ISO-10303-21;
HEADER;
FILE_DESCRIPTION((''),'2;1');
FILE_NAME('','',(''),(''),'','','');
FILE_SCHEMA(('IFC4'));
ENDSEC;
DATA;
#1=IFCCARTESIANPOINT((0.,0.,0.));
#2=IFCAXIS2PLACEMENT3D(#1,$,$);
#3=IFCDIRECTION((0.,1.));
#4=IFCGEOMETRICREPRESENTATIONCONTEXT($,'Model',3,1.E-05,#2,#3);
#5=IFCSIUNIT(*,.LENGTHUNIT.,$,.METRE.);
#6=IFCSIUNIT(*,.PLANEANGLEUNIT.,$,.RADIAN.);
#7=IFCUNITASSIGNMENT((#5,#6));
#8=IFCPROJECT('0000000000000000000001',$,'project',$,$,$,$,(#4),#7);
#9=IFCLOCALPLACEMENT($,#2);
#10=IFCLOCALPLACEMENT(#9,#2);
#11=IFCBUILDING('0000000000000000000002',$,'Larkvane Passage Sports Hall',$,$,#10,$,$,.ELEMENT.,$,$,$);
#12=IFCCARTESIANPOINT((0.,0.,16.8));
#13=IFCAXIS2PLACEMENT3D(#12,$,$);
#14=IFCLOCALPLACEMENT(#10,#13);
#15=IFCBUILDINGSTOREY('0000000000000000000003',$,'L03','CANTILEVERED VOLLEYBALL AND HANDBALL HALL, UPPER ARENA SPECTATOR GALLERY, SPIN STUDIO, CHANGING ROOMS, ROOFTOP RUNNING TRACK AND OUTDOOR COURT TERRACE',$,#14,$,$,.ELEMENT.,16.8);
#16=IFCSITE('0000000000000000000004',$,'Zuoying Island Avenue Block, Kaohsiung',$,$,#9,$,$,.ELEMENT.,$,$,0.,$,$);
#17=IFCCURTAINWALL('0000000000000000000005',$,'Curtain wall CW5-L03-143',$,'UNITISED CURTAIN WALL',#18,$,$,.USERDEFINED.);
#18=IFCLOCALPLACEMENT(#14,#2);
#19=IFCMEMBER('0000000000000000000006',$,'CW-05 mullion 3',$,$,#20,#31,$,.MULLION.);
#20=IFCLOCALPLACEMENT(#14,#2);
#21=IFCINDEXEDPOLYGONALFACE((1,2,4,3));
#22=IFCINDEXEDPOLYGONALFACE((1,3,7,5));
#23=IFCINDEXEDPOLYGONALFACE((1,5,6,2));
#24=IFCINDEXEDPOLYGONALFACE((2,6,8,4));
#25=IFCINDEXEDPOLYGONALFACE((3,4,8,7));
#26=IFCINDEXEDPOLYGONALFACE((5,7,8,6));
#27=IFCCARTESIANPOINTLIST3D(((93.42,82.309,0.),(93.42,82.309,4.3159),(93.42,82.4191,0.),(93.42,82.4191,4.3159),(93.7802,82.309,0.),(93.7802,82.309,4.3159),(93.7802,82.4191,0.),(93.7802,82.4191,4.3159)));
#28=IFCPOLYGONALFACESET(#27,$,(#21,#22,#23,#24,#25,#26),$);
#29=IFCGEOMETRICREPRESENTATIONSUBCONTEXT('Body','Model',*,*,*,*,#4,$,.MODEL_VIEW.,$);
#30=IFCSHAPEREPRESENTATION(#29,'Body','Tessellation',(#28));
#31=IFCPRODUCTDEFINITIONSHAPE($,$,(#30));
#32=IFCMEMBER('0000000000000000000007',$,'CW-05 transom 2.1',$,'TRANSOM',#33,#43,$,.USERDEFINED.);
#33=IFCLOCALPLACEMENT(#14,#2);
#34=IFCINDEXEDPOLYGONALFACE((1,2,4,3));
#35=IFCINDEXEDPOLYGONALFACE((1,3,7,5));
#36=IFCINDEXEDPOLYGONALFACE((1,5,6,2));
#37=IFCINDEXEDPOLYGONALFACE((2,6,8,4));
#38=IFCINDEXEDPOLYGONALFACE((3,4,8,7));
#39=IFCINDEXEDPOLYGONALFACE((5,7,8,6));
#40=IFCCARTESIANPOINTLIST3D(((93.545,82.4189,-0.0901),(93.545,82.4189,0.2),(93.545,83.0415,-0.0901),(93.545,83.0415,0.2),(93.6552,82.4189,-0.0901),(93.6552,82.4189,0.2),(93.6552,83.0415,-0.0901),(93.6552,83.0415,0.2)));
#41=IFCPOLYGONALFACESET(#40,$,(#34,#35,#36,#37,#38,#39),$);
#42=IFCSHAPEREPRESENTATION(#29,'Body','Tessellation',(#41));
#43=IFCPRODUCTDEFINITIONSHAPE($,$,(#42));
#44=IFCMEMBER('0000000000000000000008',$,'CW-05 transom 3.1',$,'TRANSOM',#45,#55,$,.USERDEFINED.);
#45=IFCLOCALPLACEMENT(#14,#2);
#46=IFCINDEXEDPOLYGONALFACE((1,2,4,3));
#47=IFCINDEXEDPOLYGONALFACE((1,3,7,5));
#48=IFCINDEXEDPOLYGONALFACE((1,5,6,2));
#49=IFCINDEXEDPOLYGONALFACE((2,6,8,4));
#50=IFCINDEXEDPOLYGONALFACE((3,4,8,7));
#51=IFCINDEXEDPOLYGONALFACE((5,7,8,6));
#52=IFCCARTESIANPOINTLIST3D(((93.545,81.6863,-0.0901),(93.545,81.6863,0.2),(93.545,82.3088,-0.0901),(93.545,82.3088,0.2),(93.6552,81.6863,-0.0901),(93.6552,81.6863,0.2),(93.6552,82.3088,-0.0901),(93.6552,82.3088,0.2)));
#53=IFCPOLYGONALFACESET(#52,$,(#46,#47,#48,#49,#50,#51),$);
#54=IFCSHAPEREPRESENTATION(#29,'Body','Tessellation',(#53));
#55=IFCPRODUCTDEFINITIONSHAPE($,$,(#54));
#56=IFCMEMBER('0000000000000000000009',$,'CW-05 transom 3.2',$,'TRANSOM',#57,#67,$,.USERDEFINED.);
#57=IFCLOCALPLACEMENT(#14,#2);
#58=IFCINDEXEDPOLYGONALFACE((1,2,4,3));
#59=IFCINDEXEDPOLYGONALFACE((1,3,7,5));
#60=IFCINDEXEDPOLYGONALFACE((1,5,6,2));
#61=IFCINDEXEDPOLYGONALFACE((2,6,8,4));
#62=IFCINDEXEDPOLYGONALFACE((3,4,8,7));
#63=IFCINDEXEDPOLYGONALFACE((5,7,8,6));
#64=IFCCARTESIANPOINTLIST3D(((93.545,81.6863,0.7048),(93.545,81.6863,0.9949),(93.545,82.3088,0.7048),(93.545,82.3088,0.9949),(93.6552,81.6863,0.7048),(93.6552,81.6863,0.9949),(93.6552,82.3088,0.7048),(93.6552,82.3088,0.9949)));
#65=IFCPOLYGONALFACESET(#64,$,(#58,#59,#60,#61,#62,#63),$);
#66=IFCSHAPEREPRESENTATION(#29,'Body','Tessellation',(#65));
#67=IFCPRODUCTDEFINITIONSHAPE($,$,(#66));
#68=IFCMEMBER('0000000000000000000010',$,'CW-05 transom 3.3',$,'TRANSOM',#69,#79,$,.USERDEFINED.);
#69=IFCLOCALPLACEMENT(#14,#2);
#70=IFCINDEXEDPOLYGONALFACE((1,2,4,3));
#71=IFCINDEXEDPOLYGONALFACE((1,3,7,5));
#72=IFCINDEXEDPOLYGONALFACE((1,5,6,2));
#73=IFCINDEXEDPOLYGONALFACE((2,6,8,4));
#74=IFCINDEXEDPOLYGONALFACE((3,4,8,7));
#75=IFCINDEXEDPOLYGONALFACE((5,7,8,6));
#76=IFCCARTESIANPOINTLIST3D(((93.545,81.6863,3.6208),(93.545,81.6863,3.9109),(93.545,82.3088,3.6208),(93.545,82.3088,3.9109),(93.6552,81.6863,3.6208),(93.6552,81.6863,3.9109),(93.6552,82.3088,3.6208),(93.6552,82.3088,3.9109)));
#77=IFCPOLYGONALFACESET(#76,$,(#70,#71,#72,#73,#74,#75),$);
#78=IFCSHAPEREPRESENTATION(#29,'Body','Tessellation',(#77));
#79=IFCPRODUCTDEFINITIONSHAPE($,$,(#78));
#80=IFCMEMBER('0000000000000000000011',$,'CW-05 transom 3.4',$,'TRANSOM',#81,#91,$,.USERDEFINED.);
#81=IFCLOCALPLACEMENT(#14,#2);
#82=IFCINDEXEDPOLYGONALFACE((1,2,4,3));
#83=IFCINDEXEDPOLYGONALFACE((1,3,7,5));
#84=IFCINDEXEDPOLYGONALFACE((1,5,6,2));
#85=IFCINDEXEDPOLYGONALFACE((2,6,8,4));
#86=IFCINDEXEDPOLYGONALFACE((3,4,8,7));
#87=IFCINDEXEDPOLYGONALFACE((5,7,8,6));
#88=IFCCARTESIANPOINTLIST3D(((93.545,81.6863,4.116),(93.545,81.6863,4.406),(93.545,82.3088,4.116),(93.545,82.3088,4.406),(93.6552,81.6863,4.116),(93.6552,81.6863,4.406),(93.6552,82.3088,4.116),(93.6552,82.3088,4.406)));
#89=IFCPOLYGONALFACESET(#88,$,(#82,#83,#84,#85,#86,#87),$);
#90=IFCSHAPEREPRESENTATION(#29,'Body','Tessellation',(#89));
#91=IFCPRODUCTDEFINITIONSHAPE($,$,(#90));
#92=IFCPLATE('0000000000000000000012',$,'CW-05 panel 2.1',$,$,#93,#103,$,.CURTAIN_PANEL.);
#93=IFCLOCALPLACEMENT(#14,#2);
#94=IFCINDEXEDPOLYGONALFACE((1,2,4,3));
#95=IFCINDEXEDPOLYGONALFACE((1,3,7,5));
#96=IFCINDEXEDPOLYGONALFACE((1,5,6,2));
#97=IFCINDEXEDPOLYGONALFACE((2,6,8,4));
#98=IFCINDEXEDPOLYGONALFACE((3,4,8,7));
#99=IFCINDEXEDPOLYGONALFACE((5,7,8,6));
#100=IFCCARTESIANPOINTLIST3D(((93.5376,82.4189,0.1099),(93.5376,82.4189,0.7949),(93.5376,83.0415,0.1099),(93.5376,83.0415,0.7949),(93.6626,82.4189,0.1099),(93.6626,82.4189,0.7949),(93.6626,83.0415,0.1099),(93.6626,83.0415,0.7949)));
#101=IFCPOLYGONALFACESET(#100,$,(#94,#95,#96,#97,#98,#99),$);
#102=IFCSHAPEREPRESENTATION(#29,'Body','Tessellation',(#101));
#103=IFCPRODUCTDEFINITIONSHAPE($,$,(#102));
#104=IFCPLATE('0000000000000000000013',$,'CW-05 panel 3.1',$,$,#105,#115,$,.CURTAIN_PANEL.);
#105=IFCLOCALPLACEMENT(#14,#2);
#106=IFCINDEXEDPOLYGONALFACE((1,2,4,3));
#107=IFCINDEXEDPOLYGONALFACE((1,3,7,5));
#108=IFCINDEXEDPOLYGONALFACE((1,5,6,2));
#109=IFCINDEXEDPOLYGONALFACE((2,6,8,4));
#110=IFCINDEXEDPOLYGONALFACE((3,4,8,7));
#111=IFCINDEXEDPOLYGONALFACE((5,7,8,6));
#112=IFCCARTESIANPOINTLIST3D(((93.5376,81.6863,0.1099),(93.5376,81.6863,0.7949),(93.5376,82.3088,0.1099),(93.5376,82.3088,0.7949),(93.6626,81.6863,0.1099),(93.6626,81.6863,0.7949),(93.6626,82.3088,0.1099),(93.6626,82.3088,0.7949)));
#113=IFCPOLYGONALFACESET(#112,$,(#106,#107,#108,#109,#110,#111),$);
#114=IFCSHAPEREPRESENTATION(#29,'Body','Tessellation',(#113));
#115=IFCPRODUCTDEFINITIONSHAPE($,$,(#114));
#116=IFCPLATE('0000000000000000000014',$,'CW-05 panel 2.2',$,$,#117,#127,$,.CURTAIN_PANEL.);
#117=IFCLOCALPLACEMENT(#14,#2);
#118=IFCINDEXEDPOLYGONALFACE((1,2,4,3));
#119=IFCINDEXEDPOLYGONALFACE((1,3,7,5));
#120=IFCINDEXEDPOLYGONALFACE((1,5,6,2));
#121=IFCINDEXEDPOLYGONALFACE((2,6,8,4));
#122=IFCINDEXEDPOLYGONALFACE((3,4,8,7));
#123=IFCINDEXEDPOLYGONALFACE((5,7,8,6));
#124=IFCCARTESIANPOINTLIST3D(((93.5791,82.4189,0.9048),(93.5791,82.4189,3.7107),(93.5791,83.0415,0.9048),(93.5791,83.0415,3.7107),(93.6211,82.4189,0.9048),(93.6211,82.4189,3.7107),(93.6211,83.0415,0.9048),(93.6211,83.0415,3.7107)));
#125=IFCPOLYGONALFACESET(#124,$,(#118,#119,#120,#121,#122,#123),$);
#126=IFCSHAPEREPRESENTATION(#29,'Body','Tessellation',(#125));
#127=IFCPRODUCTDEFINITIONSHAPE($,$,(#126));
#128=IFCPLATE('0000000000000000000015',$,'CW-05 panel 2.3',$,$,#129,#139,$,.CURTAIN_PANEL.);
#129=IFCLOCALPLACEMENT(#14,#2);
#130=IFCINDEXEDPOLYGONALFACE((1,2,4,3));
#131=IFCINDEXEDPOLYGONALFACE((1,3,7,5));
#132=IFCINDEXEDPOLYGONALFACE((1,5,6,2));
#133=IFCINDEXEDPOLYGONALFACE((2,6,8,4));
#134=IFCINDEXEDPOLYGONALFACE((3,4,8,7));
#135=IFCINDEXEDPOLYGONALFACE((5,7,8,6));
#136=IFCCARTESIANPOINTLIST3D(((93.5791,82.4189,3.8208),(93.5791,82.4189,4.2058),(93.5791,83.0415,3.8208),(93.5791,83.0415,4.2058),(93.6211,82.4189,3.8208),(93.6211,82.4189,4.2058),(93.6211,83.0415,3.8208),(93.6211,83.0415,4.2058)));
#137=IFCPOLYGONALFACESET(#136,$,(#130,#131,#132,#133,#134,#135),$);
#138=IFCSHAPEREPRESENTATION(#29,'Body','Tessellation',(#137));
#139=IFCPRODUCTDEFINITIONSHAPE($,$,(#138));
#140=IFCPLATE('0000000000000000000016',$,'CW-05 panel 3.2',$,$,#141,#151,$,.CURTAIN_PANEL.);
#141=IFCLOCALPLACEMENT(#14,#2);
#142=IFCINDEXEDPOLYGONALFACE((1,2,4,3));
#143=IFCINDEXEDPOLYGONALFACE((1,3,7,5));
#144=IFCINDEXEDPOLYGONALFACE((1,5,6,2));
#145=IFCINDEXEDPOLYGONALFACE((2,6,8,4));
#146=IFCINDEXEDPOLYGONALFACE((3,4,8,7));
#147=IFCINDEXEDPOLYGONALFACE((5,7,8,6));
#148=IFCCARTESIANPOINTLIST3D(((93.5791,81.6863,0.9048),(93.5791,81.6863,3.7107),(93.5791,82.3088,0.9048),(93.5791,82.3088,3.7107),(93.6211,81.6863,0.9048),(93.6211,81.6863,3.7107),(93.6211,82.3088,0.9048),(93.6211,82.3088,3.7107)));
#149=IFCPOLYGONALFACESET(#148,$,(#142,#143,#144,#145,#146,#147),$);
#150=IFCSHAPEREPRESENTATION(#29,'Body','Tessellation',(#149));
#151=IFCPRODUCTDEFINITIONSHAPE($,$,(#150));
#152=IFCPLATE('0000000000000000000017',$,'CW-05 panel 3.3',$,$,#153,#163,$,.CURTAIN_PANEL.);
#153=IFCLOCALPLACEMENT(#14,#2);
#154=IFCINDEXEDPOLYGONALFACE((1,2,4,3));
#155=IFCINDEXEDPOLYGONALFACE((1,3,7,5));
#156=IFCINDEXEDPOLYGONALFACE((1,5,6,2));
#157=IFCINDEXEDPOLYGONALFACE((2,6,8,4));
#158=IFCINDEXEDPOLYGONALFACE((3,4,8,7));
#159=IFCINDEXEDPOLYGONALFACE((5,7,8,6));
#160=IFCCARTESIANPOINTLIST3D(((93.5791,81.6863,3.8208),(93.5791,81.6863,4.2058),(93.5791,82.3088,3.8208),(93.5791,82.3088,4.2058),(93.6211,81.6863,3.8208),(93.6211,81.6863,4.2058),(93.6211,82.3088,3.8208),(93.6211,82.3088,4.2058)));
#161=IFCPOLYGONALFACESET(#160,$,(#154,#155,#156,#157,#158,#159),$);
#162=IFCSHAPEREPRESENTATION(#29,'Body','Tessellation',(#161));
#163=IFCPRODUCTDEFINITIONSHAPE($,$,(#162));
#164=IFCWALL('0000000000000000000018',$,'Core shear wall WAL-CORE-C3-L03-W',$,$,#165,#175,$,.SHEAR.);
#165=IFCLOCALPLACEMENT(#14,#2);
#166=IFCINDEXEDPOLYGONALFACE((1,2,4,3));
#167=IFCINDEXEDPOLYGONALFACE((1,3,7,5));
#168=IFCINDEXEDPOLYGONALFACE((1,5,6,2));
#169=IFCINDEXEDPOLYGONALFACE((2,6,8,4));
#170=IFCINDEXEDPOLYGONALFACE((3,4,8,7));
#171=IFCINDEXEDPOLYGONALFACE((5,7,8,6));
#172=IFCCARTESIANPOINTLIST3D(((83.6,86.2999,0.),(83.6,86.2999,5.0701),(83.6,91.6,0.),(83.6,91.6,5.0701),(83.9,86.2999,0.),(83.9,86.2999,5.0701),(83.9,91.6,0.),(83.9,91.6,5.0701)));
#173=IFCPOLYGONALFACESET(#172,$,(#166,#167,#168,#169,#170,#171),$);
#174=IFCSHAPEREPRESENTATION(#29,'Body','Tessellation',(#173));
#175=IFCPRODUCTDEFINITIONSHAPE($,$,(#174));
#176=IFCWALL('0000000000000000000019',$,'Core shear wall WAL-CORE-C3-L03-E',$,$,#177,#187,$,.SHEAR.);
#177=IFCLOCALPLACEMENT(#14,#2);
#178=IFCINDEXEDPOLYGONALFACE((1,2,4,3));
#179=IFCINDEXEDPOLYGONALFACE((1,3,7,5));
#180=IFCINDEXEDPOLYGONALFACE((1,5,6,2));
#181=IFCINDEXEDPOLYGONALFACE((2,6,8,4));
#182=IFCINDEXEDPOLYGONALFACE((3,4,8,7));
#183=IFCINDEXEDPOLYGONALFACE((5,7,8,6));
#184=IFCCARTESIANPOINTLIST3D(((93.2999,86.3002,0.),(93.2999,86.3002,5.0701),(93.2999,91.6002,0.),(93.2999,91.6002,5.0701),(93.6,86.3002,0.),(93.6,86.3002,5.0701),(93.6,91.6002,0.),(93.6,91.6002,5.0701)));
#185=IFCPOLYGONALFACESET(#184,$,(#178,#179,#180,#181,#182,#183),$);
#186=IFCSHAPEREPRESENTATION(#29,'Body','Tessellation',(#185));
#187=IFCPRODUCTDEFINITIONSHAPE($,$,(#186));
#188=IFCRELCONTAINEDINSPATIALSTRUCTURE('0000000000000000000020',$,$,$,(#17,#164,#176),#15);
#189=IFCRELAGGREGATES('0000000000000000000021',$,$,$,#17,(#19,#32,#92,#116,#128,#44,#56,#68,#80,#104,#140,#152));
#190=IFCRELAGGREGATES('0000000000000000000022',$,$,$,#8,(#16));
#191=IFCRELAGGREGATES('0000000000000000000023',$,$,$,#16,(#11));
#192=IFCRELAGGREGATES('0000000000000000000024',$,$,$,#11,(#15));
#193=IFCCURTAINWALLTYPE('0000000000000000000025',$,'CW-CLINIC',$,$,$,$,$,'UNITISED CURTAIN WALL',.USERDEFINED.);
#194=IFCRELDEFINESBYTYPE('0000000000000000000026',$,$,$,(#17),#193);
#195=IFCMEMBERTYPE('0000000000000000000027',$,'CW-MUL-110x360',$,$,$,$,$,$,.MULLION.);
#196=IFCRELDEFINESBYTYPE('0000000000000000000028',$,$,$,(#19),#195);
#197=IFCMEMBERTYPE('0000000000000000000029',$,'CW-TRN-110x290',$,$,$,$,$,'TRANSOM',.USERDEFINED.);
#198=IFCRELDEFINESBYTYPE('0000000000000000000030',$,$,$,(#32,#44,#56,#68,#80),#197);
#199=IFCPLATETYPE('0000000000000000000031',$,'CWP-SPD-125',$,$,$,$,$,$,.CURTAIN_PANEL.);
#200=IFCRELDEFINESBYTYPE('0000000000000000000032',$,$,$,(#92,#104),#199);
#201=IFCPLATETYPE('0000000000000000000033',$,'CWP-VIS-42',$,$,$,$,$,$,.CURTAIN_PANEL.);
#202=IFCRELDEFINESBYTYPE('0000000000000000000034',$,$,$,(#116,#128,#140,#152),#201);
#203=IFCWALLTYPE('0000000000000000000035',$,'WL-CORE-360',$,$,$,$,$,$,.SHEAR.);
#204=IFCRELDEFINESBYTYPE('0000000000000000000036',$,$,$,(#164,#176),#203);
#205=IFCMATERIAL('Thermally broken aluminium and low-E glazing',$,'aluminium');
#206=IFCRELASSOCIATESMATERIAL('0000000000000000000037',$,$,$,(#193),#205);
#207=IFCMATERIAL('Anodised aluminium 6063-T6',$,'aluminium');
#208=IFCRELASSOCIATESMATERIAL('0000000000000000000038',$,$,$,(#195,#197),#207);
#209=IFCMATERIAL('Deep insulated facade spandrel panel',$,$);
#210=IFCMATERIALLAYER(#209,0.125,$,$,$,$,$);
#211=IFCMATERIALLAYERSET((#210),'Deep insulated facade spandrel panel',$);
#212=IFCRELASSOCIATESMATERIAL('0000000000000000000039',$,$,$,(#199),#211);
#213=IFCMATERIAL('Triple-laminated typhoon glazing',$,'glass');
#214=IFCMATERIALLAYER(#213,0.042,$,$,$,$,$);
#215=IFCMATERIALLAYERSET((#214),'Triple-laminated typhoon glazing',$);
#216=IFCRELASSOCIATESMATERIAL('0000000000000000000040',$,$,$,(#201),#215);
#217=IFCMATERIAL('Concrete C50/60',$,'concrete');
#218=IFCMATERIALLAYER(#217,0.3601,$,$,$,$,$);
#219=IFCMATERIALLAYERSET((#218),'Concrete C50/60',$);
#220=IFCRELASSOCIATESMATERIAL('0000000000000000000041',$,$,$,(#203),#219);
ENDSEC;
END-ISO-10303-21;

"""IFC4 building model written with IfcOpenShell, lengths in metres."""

from ifc_helpers import new_model, si_unit, direction, frame, frame_2d, origin, origin_2d, place, context, subcontext, project, spatial, rectangle, extrude, material, layer, layer_set, material_profile, profile_set, type_object, element, aggregate, save


model = new_model("IFC4")

# Units and contexts
model_context = context("Model", 3, precision=1e-05, world=origin(), true_north=direction((0.0, 1.0)))
body_context = subcontext(model_context, "Body", "Model", "MODEL_VIEW")
ifc_project = project(units=[si_unit("LENGTHUNIT", "METRE"), si_unit("PLANEANGLEUNIT", "RADIAN")], contexts=[model_context])

# Site, building, storey
site_placement = place(None, origin())
site = spatial("IfcSite", under=ifc_project, at=site_placement, Name="Zuoying Island Avenue Block, Kaohsiung", CompositionType="ELEMENT", RefElevation=0.0)
building_placement = place(site_placement, origin())
building = spatial("IfcBuilding", under=site, at=building_placement, Name="Larkvane Passage Sports Hall", CompositionType="ELEMENT")
storey_placement = place(building_placement, frame((0.0, 0.0, 16.8)))
storey = spatial("IfcBuildingStorey", under=building, at=storey_placement, Name="L03", Description="CANTILEVERED VOLLEYBALL AND HANDBALL HALL, UPPER ARENA SPECTATOR GALLERY, SPIN STUDIO, CHANGING ROOMS, ROOFTOP RUNNING TRACK AND OUTDOOR COURT TERRACE", CompositionType="ELEMENT", Elevation=16.8)

# Curtain wall, members, plates
ifc_material_1 = material(Name="Thermally broken aluminium and low-E glazing", Category="aluminium")
curtain_wall_type = type_object("IfcCurtainWallType", Name="CW-CLINIC", ElementType="UNITISED CURTAIN WALL", PredefinedType="USERDEFINED", material=ifc_material_1)
curtain_wall_placement = place(storey_placement, origin())
curtain_wall = element("IfcCurtainWall", 1, at=curtain_wall_placement, inside=storey, type_object=curtain_wall_type, Name="Curtain wall CW5-L03-143", ObjectType="UNITISED CURTAIN WALL", PredefinedType="USERDEFINED")
ifc_material_2 = material(Name="Anodised aluminium 6063-T6", Category="aluminium")
ifc_material_profile_1 = material_profile(ifc_material_2, rectangle(XDim=0.1101, YDim=0.3601, at=origin_2d()), Name="ALU-MUL-110x360")
ifc_profile_set_1 = profile_set([ifc_material_profile_1], Name="Anodised aluminium 6063-T6")
member_type_1 = type_object("IfcMemberType", Name="CW-MUL-110x360", PredefinedType="MULLION", material=ifc_profile_set_1)
member_1_placement = place(storey_placement, frame((93.6001, 82.364, 0.0), z_axis=(0.0, 0.0, 1.0), x_axis=(0.0, -1.0, 0.0)))
member_1 = element("IfcMember", 2, at=member_1_placement, type_object=member_type_1, Name="CW-05 mullion 3", PredefinedType="MULLION", context=body_context, shape_type="SweptSolid", body=[
    extrude(rectangle(XDim=0.1101, YDim=0.3601, at=origin_2d()), origin(), (0.0, 0.0, 1.0), 4.3159),
])
ifc_material_profile_2 = material_profile(ifc_material_2, rectangle(XDim=0.1101, YDim=0.29, at=origin_2d()), Name="ALU-TRN-110x290")
ifc_profile_set_2 = profile_set([ifc_material_profile_2], Name="Anodised aluminium 6063-T6")
member_type_2 = type_object("IfcMemberType", Name="CW-TRN-110x290", ElementType="TRANSOM", PredefinedType="USERDEFINED", material=ifc_profile_set_2)
member_2_placement = place(storey_placement, frame((93.6001, 83.0415, 0.0549), z_axis=(0.0, -1.0, 0.0), x_axis=(1.0, 0.0, 0.0)))
member_2 = element("IfcMember", 3, at=member_2_placement, type_object=member_type_2, Name="CW-05 transom 2.1", ObjectType="TRANSOM", PredefinedType="USERDEFINED", context=body_context, shape_type="SweptSolid", body=[
    extrude(rectangle(XDim=0.1101, YDim=0.29, at=origin_2d()), origin(), (0.0, 0.0, 1.0), 0.6226),
])
member_3_placement = place(storey_placement, frame((93.6001, 82.3088, 0.0549), z_axis=(0.0, -1.0, 0.0), x_axis=(1.0, 0.0, 0.0)))
member_3 = element("IfcMember", 4, at=member_3_placement, type_object=member_type_2, Name="CW-05 transom 3.1", ObjectType="TRANSOM", PredefinedType="USERDEFINED", context=body_context, shape_type="SweptSolid", body=[
    extrude(rectangle(XDim=0.1101, YDim=0.29, at=origin_2d()), origin(), (0.0, 0.0, 1.0), 0.6226),
])
member_4_placement = place(storey_placement, frame((93.6001, 82.3088, 0.8499), z_axis=(0.0, -1.0, 0.0), x_axis=(1.0, 0.0, 0.0)))
member_4 = element("IfcMember", 5, at=member_4_placement, type_object=member_type_2, Name="CW-05 transom 3.2", ObjectType="TRANSOM", PredefinedType="USERDEFINED", context=body_context, shape_type="SweptSolid", body=[
    extrude(rectangle(XDim=0.1101, YDim=0.29, at=origin_2d()), origin(), (0.0, 0.0, 1.0), 0.6226),
])
member_5_placement = place(storey_placement, frame((93.6001, 82.3088, 3.7659), z_axis=(0.0, -1.0, 0.0), x_axis=(1.0, 0.0, 0.0)))
member_5 = element("IfcMember", 6, at=member_5_placement, type_object=member_type_2, Name="CW-05 transom 3.3", ObjectType="TRANSOM", PredefinedType="USERDEFINED", context=body_context, shape_type="SweptSolid", body=[
    extrude(rectangle(XDim=0.1101, YDim=0.29, at=origin_2d()), origin(), (0.0, 0.0, 1.0), 0.6226),
])
member_6_placement = place(storey_placement, frame((93.6001, 82.3088, 4.261), z_axis=(0.0, -1.0, 0.0), x_axis=(1.0, 0.0, 0.0)))
member_6 = element("IfcMember", 7, at=member_6_placement, type_object=member_type_2, Name="CW-05 transom 3.4", ObjectType="TRANSOM", PredefinedType="USERDEFINED", context=body_context, shape_type="SweptSolid", body=[
    extrude(rectangle(XDim=0.1101, YDim=0.29, at=origin_2d()), origin(), (0.0, 0.0, 1.0), 0.6226),
])
ifc_material_3 = material(Name="Deep insulated facade spandrel panel")
ifc_layer_1 = layer(ifc_material_3, 0.125)
ifc_layer_set_1 = layer_set([ifc_layer_1], Name="Deep insulated facade spandrel panel")
plate_type_1 = type_object("IfcPlateType", Name="CWP-SPD-125", PredefinedType="CURTAIN_PANEL", material=ifc_layer_set_1)
plate_1_placement = place(storey_placement, frame((93.6001, 82.7302, 0.1099), z_axis=(0.0, 0.0, 1.0), x_axis=(0.0, -1.0, 0.0)))
plate_1 = element("IfcPlate", 8, at=plate_1_placement, type_object=plate_type_1, Name="CW-05 panel 2.1", PredefinedType="CURTAIN_PANEL", context=body_context, shape_type="SweptSolid", body=[
    extrude(rectangle(XDim=0.6226, YDim=0.125, at=origin_2d()), origin(), (0.0, 0.0, 1.0), 0.6851),
])
plate_2_placement = place(storey_placement, frame((93.6001, 81.9976, 0.1099), z_axis=(0.0, 0.0, 1.0), x_axis=(0.0, -1.0, 0.0)))
plate_2 = element("IfcPlate", 9, at=plate_2_placement, type_object=plate_type_1, Name="CW-05 panel 3.1", PredefinedType="CURTAIN_PANEL", context=body_context, shape_type="SweptSolid", body=[
    extrude(rectangle(XDim=0.6226, YDim=0.125, at=origin_2d()), origin(), (0.0, 0.0, 1.0), 0.6851),
])
ifc_material_4 = material(Name="Triple-laminated typhoon glazing", Category="glass")
ifc_layer_2 = layer(ifc_material_4, 0.042)
ifc_layer_set_2 = layer_set([ifc_layer_2], Name="Triple-laminated typhoon glazing")
plate_type_2 = type_object("IfcPlateType", Name="CWP-VIS-42", PredefinedType="CURTAIN_PANEL", material=ifc_layer_set_2)
plate_3_placement = place(storey_placement, frame((93.6001, 82.7302, 0.9048), z_axis=(0.0, 0.0, 1.0), x_axis=(0.0, -1.0, 0.0)))
plate_3 = element("IfcPlate", 10, at=plate_3_placement, type_object=plate_type_2, Name="CW-05 panel 2.2", PredefinedType="CURTAIN_PANEL", context=body_context, shape_type="SweptSolid", body=[
    extrude(rectangle(XDim=0.6226, YDim=0.042, at=origin_2d()), origin(), (0.0, 0.0, 1.0), 2.8059),
])
plate_4_placement = place(storey_placement, frame((93.6001, 82.7302, 3.8208), z_axis=(0.0, 0.0, 1.0), x_axis=(0.0, -1.0, 0.0)))
plate_4 = element("IfcPlate", 11, at=plate_4_placement, type_object=plate_type_2, Name="CW-05 panel 2.3", PredefinedType="CURTAIN_PANEL", context=body_context, shape_type="SweptSolid", body=[
    extrude(rectangle(XDim=0.6226, YDim=0.042, at=origin_2d()), origin(), (0.0, 0.0, 1.0), 0.385),
])
plate_5_placement = place(storey_placement, frame((93.6001, 81.9976, 0.9048), z_axis=(0.0, 0.0, 1.0), x_axis=(0.0, -1.0, 0.0)))
plate_5 = element("IfcPlate", 12, at=plate_5_placement, type_object=plate_type_2, Name="CW-05 panel 3.2", PredefinedType="CURTAIN_PANEL", context=body_context, shape_type="SweptSolid", body=[
    extrude(rectangle(XDim=0.6226, YDim=0.042, at=origin_2d()), origin(), (0.0, 0.0, 1.0), 2.8059),
])
plate_6_placement = place(storey_placement, frame((93.6001, 81.9976, 3.8208), z_axis=(0.0, 0.0, 1.0), x_axis=(0.0, -1.0, 0.0)))
plate_6 = element("IfcPlate", 13, at=plate_6_placement, type_object=plate_type_2, Name="CW-05 panel 3.3", PredefinedType="CURTAIN_PANEL", context=body_context, shape_type="SweptSolid", body=[
    extrude(rectangle(XDim=0.6226, YDim=0.042, at=origin_2d()), origin(), (0.0, 0.0, 1.0), 0.385),
])
aggregate(curtain_wall, [member_1, member_2, plate_1, plate_3, plate_4, member_3, member_4, member_5, member_6, plate_2, plate_5, plate_6])

# Walls
ifc_material_5 = material(Name="Concrete C50/60", Category="concrete")
ifc_layer_3 = layer(ifc_material_5, 0.3601)
ifc_layer_set_3 = layer_set([ifc_layer_3], Name="Concrete C50/60")
wall_type_1 = type_object("IfcWallType", Name="WL-CORE-360", PredefinedType="SHEAR", material=ifc_layer_set_3)
for number, where, z_axis, x_axis, name in (
    (14, (83.75, 86.3, 0.0), (0.0, 0.0, 1.0), (0.0, 1.0, 0.0), "Core shear wall WAL-CORE-C3-L03-W"),
    (15, (93.45, 91.6001, 0.0), (0.0, 0.0, 1.0), (0.0, -1.0, 0.0), "Core shear wall WAL-CORE-C3-L03-E"),
):
    element("IfcWall", number, at=place(storey_placement, frame(where, z_axis=z_axis, x_axis=x_axis)), inside=storey, type_object=wall_type_1, Name=name, PredefinedType="SHEAR", context=body_context, shape_type="SweptSolid", body=[
        extrude(rectangle(XDim=5.3, YDim=0.3, at=frame_2d((2.6499, 0.0))), origin(), (0.0, 0.0, 1.0), 5.0701),
    ])

save(model, "model.ifc")
